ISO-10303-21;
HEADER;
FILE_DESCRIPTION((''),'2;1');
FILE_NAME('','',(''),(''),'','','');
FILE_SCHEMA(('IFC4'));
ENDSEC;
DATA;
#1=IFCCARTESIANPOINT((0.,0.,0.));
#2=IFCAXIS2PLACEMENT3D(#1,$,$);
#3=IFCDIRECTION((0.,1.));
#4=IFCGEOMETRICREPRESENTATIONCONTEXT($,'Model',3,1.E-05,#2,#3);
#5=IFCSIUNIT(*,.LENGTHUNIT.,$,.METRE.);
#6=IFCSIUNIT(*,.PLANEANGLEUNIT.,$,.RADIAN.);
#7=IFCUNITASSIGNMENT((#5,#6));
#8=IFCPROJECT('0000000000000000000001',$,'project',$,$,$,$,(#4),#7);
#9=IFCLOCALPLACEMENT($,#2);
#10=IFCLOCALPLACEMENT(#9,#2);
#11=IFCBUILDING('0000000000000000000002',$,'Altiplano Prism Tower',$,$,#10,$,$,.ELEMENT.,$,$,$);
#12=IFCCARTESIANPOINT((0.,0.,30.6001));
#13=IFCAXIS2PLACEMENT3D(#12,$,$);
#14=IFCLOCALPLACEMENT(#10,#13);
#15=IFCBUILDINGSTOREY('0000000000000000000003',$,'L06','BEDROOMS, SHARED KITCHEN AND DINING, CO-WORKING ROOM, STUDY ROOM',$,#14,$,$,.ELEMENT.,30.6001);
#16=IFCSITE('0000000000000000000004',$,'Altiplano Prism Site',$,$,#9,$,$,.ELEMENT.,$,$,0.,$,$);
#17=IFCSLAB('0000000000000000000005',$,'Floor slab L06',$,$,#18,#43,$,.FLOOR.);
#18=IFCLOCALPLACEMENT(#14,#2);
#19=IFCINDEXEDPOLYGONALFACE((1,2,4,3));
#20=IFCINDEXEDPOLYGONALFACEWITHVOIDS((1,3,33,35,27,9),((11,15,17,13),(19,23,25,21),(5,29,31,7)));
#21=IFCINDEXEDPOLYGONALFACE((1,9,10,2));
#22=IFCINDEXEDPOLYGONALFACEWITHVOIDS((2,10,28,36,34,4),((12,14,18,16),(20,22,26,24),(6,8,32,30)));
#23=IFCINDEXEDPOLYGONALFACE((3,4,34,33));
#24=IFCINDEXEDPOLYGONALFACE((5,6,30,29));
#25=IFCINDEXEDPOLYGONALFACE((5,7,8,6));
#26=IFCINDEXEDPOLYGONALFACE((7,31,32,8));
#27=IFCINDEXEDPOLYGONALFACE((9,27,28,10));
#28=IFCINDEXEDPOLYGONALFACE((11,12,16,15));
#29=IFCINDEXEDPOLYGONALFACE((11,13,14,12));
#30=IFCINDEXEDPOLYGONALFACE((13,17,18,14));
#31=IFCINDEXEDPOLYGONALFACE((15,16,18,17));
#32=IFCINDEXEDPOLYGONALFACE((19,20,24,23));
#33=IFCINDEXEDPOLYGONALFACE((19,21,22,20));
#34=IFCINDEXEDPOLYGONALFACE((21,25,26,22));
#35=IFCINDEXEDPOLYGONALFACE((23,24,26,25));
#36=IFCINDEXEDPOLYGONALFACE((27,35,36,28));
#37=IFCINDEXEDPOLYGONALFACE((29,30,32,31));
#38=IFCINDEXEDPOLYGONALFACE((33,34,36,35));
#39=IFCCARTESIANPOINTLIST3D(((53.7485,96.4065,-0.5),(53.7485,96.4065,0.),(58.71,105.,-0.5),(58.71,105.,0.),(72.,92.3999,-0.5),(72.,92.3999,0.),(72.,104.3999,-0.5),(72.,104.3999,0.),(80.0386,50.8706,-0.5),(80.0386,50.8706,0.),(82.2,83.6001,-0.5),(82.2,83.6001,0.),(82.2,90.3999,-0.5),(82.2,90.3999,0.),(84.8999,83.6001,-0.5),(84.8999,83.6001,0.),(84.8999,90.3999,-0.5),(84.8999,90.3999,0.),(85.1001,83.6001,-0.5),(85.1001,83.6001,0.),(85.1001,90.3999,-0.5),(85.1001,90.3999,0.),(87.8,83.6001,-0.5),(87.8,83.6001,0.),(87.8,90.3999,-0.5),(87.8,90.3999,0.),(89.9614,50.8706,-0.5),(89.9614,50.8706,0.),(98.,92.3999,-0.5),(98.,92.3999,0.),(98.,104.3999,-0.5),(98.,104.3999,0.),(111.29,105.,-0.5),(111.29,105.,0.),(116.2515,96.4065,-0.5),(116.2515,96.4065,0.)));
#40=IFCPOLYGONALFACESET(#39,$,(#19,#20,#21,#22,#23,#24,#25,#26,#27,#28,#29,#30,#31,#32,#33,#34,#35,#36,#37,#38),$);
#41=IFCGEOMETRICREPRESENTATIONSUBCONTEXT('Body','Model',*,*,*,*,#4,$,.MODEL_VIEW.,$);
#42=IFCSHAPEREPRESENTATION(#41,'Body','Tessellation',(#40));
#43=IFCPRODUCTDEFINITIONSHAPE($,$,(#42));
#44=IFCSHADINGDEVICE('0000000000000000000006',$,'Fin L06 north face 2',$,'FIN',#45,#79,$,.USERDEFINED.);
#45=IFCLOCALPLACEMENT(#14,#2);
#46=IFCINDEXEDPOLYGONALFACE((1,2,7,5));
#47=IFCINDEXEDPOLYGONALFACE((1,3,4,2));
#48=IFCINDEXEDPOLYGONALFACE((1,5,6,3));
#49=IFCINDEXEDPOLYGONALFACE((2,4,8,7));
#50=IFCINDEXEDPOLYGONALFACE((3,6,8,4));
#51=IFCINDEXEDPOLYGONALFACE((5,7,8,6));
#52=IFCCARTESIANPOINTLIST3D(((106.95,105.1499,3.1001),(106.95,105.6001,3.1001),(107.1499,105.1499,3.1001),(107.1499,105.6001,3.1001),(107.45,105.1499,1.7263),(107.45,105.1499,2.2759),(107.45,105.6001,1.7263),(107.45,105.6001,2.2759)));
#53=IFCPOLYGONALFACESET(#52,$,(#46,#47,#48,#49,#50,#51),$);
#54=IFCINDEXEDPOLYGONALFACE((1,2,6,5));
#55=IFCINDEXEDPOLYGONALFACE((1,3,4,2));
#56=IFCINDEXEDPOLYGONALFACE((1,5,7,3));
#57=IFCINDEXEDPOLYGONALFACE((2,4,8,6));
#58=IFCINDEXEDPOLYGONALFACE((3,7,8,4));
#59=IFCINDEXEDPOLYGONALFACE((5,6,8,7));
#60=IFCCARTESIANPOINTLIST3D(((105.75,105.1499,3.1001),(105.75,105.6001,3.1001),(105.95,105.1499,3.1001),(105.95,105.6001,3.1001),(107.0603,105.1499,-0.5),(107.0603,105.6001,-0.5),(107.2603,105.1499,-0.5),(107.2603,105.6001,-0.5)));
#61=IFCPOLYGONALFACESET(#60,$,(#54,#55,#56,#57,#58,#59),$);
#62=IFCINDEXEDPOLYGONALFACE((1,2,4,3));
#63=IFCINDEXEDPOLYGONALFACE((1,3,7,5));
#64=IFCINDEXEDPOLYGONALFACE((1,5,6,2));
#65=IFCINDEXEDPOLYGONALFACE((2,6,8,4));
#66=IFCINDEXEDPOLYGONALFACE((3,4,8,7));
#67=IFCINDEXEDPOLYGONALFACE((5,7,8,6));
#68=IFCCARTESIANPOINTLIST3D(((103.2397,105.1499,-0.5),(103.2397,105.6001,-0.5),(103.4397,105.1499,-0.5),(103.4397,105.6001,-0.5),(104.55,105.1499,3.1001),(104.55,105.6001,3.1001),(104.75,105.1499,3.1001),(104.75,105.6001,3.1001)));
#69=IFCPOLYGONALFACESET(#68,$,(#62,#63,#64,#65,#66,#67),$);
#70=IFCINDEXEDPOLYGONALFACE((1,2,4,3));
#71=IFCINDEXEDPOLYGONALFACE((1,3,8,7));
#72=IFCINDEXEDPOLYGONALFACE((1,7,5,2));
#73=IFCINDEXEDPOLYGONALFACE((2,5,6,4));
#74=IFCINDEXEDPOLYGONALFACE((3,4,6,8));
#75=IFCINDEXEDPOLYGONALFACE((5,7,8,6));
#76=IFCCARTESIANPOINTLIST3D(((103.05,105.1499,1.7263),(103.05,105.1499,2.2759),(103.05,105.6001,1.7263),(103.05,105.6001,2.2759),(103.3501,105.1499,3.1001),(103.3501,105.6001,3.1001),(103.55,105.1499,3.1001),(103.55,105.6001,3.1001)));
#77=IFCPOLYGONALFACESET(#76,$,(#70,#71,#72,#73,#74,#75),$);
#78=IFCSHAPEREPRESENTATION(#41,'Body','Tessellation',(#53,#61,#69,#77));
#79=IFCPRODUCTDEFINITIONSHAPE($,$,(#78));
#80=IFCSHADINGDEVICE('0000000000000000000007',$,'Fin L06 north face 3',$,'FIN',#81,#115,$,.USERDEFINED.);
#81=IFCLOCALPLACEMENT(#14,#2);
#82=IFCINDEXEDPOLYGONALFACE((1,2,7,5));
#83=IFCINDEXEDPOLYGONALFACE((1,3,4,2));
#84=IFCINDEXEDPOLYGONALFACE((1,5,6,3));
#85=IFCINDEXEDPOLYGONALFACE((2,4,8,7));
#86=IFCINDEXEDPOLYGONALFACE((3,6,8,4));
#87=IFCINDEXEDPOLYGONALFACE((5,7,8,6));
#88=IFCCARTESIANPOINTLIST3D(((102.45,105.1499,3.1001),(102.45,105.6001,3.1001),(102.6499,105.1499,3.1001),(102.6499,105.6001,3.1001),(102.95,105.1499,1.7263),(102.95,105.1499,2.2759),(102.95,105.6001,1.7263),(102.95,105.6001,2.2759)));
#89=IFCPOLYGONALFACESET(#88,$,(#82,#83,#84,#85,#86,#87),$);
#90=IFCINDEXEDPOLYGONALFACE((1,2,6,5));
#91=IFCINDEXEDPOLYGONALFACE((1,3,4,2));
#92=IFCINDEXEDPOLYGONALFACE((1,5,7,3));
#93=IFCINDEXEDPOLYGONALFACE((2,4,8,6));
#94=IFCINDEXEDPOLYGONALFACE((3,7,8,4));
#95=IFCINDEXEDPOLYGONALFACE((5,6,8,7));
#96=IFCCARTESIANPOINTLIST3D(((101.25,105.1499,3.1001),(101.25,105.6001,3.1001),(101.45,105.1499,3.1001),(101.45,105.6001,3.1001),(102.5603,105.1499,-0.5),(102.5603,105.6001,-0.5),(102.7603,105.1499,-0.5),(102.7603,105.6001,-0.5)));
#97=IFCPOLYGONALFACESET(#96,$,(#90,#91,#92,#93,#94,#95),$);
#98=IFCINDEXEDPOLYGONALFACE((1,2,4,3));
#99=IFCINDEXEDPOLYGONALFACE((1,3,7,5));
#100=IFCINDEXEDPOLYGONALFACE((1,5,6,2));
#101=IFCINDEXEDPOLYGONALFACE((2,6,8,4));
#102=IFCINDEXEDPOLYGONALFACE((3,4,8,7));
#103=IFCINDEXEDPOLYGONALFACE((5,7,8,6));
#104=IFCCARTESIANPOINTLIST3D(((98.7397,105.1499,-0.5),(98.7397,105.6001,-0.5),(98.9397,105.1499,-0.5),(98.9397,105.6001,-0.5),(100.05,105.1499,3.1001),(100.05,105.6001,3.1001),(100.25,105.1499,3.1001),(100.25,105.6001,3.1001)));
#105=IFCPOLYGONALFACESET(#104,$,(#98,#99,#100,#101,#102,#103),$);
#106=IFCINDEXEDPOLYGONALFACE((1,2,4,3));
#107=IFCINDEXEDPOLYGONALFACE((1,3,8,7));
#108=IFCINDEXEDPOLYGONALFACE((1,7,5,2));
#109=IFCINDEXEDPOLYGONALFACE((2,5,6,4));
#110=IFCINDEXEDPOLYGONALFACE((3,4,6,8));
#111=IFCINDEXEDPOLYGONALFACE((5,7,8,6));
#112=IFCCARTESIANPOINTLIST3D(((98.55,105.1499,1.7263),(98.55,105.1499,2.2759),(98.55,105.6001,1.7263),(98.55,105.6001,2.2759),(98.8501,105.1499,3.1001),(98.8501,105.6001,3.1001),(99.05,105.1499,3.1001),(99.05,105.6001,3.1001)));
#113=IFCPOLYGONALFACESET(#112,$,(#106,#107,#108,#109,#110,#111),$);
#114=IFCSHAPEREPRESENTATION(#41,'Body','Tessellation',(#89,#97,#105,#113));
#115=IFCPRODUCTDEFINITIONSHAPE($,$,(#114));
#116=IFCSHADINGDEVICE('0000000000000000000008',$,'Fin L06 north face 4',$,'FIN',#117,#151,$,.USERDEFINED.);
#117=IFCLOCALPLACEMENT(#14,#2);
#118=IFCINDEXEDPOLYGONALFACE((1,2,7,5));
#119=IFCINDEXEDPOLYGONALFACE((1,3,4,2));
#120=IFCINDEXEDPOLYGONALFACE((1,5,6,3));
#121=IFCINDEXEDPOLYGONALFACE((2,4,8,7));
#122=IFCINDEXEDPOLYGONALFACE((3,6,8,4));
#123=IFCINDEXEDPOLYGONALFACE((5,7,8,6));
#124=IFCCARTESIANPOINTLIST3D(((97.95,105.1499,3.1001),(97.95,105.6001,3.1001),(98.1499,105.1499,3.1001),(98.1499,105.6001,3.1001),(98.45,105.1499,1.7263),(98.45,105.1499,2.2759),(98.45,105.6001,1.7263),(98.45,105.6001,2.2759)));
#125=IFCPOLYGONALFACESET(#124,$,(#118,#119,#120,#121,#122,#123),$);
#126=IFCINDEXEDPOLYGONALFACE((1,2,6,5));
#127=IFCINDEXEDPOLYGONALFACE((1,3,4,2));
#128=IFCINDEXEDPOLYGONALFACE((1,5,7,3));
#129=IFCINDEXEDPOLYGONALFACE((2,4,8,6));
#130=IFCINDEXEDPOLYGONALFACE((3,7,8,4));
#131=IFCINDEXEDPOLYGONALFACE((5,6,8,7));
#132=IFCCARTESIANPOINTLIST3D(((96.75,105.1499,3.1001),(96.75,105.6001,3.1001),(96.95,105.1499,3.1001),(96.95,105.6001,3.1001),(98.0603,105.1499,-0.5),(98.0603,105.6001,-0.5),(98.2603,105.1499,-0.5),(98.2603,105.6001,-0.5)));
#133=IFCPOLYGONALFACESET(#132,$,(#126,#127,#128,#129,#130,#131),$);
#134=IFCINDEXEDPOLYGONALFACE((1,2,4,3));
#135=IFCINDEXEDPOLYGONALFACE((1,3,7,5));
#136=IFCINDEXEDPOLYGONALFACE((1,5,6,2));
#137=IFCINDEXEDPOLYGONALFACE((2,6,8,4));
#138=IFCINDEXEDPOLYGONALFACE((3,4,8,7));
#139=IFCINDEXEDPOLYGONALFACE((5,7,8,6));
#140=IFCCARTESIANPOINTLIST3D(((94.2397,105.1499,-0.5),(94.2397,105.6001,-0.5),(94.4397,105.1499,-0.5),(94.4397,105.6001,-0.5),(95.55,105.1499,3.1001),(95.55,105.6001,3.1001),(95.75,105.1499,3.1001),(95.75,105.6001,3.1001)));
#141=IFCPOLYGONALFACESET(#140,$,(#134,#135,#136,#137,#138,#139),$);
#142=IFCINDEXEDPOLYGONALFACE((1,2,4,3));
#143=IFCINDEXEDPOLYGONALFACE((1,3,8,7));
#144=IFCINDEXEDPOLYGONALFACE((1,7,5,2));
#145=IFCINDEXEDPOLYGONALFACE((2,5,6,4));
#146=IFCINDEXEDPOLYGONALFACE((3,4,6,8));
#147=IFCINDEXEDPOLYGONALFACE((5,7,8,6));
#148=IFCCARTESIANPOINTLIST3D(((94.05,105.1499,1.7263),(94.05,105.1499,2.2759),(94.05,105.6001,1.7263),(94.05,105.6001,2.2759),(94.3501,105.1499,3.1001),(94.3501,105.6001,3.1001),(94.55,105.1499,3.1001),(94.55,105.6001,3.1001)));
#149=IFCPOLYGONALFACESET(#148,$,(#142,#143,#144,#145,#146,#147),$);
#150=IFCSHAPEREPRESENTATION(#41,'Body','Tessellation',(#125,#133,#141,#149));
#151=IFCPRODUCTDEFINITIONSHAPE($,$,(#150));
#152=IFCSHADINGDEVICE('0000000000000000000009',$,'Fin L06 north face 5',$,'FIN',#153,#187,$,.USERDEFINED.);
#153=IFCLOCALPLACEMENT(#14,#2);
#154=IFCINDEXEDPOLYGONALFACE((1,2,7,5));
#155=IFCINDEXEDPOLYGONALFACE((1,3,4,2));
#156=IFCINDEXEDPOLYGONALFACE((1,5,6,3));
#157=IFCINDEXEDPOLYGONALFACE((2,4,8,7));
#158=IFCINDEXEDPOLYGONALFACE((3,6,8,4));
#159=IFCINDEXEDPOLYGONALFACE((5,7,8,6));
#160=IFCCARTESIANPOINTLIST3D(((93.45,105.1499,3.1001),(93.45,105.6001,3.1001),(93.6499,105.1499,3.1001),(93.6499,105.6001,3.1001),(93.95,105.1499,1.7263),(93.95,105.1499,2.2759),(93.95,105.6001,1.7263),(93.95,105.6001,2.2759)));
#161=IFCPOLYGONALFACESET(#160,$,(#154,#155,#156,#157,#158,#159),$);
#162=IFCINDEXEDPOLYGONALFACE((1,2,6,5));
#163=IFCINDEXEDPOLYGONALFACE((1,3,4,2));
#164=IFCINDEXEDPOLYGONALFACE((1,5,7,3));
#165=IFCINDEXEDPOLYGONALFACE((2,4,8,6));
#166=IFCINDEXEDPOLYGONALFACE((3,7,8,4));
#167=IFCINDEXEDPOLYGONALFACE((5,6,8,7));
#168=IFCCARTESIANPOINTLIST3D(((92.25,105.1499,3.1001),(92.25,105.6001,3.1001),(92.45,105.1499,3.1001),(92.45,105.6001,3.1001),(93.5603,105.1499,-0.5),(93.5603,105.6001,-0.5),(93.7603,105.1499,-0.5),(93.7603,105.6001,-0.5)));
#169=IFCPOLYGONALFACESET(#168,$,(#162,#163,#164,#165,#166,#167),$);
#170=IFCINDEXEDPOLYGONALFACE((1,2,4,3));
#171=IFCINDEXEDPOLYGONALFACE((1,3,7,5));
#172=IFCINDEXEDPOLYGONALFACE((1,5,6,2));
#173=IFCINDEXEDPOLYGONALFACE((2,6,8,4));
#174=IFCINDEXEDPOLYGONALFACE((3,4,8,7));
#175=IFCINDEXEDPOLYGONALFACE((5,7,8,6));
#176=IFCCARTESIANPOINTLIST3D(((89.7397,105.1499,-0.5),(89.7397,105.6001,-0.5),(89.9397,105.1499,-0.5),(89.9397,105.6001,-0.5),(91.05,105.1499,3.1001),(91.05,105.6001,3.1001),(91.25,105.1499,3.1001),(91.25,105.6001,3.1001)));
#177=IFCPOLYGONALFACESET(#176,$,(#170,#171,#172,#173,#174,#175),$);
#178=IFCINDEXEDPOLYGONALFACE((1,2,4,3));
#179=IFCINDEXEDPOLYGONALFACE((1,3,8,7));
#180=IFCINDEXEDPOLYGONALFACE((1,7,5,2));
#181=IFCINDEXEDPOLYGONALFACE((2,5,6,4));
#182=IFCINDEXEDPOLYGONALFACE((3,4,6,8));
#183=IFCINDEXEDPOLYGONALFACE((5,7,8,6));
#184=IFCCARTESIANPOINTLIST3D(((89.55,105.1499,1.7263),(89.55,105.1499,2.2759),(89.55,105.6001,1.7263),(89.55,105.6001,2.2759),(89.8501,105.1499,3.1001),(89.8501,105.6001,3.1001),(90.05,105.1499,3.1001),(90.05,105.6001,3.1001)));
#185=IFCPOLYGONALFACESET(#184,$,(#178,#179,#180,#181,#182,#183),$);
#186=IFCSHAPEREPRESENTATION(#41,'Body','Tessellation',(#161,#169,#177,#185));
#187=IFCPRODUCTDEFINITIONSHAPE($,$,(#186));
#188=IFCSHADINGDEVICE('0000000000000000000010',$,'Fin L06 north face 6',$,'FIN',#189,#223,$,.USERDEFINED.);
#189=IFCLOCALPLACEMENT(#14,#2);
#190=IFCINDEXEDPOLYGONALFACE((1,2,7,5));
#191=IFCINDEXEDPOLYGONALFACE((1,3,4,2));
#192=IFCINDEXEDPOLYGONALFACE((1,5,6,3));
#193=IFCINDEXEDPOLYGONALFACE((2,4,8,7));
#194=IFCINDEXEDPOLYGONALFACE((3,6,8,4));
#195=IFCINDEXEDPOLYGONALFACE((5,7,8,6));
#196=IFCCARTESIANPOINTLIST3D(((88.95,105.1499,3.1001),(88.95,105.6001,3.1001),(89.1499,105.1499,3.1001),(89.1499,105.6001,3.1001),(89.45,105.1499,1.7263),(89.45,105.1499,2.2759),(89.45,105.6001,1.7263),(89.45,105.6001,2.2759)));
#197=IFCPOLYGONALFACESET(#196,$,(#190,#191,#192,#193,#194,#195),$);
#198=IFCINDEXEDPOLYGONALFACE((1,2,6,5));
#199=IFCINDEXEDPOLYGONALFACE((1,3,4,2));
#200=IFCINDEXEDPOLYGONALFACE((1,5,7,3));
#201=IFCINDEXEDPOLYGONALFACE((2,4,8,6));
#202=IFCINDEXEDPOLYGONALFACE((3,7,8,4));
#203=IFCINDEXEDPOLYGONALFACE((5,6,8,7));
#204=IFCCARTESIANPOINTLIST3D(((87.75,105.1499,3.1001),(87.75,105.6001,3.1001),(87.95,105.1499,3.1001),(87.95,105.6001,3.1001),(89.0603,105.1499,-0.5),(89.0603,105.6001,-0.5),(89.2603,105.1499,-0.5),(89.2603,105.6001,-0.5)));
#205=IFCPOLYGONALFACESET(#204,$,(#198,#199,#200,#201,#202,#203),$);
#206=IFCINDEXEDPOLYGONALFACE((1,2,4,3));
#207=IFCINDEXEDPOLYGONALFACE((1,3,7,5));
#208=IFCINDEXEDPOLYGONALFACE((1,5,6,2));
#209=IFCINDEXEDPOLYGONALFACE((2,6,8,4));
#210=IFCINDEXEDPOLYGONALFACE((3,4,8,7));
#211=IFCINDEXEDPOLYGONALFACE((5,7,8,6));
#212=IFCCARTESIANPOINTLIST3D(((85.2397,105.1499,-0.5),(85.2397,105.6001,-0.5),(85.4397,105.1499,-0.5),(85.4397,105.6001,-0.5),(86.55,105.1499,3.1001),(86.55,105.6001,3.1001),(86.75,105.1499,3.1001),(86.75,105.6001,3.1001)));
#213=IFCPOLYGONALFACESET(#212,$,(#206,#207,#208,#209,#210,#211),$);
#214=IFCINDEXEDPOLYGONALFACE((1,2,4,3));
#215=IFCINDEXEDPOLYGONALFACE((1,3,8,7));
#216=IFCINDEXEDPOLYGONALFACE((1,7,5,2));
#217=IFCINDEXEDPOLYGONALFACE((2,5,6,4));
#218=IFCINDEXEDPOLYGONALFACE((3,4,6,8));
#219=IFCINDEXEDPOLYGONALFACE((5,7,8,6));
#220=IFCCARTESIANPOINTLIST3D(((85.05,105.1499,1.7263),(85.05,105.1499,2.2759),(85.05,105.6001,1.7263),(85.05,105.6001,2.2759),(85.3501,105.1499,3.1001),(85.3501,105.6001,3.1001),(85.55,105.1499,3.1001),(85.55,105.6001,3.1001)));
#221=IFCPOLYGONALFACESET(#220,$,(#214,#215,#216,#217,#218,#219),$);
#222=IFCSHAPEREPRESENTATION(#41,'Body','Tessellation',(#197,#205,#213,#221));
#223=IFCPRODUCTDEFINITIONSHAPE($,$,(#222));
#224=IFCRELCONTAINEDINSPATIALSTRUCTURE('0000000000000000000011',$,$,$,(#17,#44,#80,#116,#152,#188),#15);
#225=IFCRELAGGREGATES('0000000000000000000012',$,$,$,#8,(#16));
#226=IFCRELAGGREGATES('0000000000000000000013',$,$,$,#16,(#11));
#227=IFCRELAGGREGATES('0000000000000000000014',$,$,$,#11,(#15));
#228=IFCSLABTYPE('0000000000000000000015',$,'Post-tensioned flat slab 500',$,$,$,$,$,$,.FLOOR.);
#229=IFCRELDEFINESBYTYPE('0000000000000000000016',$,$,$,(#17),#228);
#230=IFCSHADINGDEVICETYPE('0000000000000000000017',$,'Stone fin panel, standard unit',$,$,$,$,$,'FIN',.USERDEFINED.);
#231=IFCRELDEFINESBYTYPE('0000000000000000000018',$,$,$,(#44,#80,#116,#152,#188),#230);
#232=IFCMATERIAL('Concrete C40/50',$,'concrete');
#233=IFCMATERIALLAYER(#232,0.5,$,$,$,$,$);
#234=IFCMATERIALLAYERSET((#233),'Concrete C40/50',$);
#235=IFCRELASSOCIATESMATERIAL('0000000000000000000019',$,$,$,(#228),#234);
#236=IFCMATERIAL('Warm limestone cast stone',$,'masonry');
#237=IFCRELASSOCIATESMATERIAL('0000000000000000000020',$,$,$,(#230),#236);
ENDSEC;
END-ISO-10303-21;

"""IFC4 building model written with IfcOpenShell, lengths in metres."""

from ifc_helpers import new_model, si_unit, direction, frame, origin, place, context, subcontext, project, spatial, polyline, outline, extrude, source, transform, mapped, material, layer, layer_set, type_object, element, save


model = new_model("IFC4")

# Units and contexts
model_context = context("Model", 3, precision=1e-05, world=origin(), true_north=direction((0.0, 1.0)))
body_context = subcontext(model_context, "Body", "Model", "MODEL_VIEW")
ifc_project = project(units=[si_unit("LENGTHUNIT", "METRE"), si_unit("PLANEANGLEUNIT", "RADIAN")], contexts=[model_context])

# Site, building, storey
site_placement = place(None, origin())
site = spatial("IfcSite", under=ifc_project, at=site_placement, Name="Altiplano Prism Site", CompositionType="ELEMENT", RefElevation=0.0)
building_placement = place(site_placement, origin())
building = spatial("IfcBuilding", under=site, at=building_placement, Name="Altiplano Prism Tower", CompositionType="ELEMENT")
storey_placement = place(building_placement, frame((0.0, 0.0, 30.6001)))
storey = spatial("IfcBuildingStorey", under=building, at=storey_placement, Name="L06", Description="BEDROOMS, SHARED KITCHEN AND DINING, CO-WORKING ROOM, STUDY ROOM", CompositionType="ELEMENT", Elevation=30.6001)

# Slab
ifc_material_1 = material(Name="Concrete C40/50", Category="concrete")
ifc_layer = layer(ifc_material_1, 0.5)
ifc_layer_set = layer_set([ifc_layer], Name="Concrete C40/50")
slab_type = type_object("IfcSlabType", Name="Post-tensioned flat slab 500", PredefinedType="FLOOR", material=ifc_layer_set)
slab_placement = place(storey_placement, frame((0.0, 0.0, -0.5)))
element("IfcSlab", 1, at=slab_placement, inside=storey, type_object=slab_type, Name="Floor slab L06", PredefinedType="FLOOR", context=body_context, shape_type="SweptSolid", body=[
    extrude(outline(polyline([(80.0386, 50.8706), (53.7485, 96.4065), (58.71, 105.0), (111.29, 105.0), (116.2515, 96.4065), (89.9614, 50.8706), (80.0386, 50.8706)]), holes=[polyline([(72.0, 104.3999), (72.0, 92.3999), (98.0, 92.3999), (98.0, 104.3999), (72.0, 104.3999)]), polyline([(84.8999, 90.3999), (82.2, 90.3999), (82.2, 83.6001), (84.8999, 83.6001), (84.8999, 90.3999)]), polyline([(87.8, 83.6001), (87.8, 90.3999), (85.1001, 90.3999), (85.1001, 83.6001), (87.8, 83.6001)])]), origin(), (0.0, 0.0, 1.0), 0.5),
])

# Shading devices
ifc_material_2 = material(Name="Warm limestone cast stone", Category="masonry")
shading_device_type_1 = type_object("IfcShadingDeviceType", Name="Stone fin panel, standard unit", ElementType="FIN", PredefinedType="USERDEFINED", material=ifc_material_2)
shared_shape_1 = source(origin(), body_context, "Body", "SweptSolid", [
    extrude(outline(polyline([(-2.2, 2.2263), (-1.7, 3.6001), (-1.8999, 3.6001), (-2.2, 2.7759), (-2.2, 2.2263)])), frame((0.0, -0.1499, 0.0), z_axis=(0.0, -1.0, 0.0), x_axis=(1.0, 0.0, 0.0)), (0.0, 0.0, 1.0), 0.4502),
    extrude(outline(polyline([(-2.0103, 0.0), (-1.8103, 0.0), (-0.5, 3.6001), (-0.7, 3.6001), (-2.0103, 0.0)])), frame((0.0, -0.1499, 0.0), z_axis=(0.0, -1.0, 0.0), x_axis=(1.0, 0.0, 0.0)), (0.0, 0.0, 1.0), 0.4502),
    extrude(outline(polyline([(1.8103, 0.0), (2.0103, 0.0), (0.7, 3.6001), (0.5, 3.6001), (1.8103, 0.0)])), frame((0.0, -0.1499, 0.0), z_axis=(0.0, -1.0, 0.0), x_axis=(1.0, 0.0, 0.0)), (0.0, 0.0, 1.0), 0.4502),
    extrude(outline(polyline([(2.2, 2.7759), (1.8999, 3.6001), (1.7, 3.6001), (2.2, 2.2263), (2.2, 2.7759)])), frame((0.0, -0.1499, 0.0), z_axis=(0.0, -1.0, 0.0), x_axis=(1.0, 0.0, 0.0)), (0.0, 0.0, 1.0), 0.4502),
])
shading_device_1_placement = place(storey_placement, origin())
element("IfcShadingDevice", 2, at=shading_device_1_placement, inside=storey, type_object=shading_device_type_1, Name="Fin L06 north face 2", ObjectType="FIN", PredefinedType="USERDEFINED", context=body_context, shape_type="MappedRepresentation", body=[
    mapped(shared_shape_1, transform((105.25, 105.0, -0.5), x_axis=(-1.0, 0.0, 0.0), y_axis=(0.0, -1.0, 0.0), z_axis=(0.0, 0.0, 1.0))),
])
shading_device_2_placement = place(storey_placement, origin())
element("IfcShadingDevice", 3, at=shading_device_2_placement, inside=storey, type_object=shading_device_type_1, Name="Fin L06 north face 3", ObjectType="FIN", PredefinedType="USERDEFINED", context=body_context, shape_type="MappedRepresentation", body=[
    mapped(shared_shape_1, transform((100.75, 105.0, -0.5), x_axis=(-1.0, 0.0, 0.0), y_axis=(0.0, -1.0, 0.0), z_axis=(0.0, 0.0, 1.0))),
])
shading_device_3_placement = place(storey_placement, origin())
element("IfcShadingDevice", 4, at=shading_device_3_placement, inside=storey, type_object=shading_device_type_1, Name="Fin L06 north face 4", ObjectType="FIN", PredefinedType="USERDEFINED", context=body_context, shape_type="MappedRepresentation", body=[
    mapped(shared_shape_1, transform((96.25, 105.0, -0.5), x_axis=(-1.0, 0.0, 0.0), y_axis=(0.0, -1.0, 0.0), z_axis=(0.0, 0.0, 1.0))),
])
shading_device_4_placement = place(storey_placement, origin())
element("IfcShadingDevice", 5, at=shading_device_4_placement, inside=storey, type_object=shading_device_type_1, Name="Fin L06 north face 5", ObjectType="FIN", PredefinedType="USERDEFINED", context=body_context, shape_type="MappedRepresentation", body=[
    mapped(shared_shape_1, transform((91.75, 105.0, -0.5), x_axis=(-1.0, 0.0, 0.0), y_axis=(0.0, -1.0, 0.0), z_axis=(0.0, 0.0, 1.0))),
])
shading_device_5_placement = place(storey_placement, origin())
element("IfcShadingDevice", 6, at=shading_device_5_placement, inside=storey, type_object=shading_device_type_1, Name="Fin L06 north face 6", ObjectType="FIN", PredefinedType="USERDEFINED", context=body_context, shape_type="MappedRepresentation", body=[
    mapped(shared_shape_1, transform((87.25, 105.0, -0.5), x_axis=(-1.0, 0.0, 0.0), y_axis=(0.0, -1.0, 0.0), z_axis=(0.0, 0.0, 1.0))),
])

save(model, "model.ifc")
